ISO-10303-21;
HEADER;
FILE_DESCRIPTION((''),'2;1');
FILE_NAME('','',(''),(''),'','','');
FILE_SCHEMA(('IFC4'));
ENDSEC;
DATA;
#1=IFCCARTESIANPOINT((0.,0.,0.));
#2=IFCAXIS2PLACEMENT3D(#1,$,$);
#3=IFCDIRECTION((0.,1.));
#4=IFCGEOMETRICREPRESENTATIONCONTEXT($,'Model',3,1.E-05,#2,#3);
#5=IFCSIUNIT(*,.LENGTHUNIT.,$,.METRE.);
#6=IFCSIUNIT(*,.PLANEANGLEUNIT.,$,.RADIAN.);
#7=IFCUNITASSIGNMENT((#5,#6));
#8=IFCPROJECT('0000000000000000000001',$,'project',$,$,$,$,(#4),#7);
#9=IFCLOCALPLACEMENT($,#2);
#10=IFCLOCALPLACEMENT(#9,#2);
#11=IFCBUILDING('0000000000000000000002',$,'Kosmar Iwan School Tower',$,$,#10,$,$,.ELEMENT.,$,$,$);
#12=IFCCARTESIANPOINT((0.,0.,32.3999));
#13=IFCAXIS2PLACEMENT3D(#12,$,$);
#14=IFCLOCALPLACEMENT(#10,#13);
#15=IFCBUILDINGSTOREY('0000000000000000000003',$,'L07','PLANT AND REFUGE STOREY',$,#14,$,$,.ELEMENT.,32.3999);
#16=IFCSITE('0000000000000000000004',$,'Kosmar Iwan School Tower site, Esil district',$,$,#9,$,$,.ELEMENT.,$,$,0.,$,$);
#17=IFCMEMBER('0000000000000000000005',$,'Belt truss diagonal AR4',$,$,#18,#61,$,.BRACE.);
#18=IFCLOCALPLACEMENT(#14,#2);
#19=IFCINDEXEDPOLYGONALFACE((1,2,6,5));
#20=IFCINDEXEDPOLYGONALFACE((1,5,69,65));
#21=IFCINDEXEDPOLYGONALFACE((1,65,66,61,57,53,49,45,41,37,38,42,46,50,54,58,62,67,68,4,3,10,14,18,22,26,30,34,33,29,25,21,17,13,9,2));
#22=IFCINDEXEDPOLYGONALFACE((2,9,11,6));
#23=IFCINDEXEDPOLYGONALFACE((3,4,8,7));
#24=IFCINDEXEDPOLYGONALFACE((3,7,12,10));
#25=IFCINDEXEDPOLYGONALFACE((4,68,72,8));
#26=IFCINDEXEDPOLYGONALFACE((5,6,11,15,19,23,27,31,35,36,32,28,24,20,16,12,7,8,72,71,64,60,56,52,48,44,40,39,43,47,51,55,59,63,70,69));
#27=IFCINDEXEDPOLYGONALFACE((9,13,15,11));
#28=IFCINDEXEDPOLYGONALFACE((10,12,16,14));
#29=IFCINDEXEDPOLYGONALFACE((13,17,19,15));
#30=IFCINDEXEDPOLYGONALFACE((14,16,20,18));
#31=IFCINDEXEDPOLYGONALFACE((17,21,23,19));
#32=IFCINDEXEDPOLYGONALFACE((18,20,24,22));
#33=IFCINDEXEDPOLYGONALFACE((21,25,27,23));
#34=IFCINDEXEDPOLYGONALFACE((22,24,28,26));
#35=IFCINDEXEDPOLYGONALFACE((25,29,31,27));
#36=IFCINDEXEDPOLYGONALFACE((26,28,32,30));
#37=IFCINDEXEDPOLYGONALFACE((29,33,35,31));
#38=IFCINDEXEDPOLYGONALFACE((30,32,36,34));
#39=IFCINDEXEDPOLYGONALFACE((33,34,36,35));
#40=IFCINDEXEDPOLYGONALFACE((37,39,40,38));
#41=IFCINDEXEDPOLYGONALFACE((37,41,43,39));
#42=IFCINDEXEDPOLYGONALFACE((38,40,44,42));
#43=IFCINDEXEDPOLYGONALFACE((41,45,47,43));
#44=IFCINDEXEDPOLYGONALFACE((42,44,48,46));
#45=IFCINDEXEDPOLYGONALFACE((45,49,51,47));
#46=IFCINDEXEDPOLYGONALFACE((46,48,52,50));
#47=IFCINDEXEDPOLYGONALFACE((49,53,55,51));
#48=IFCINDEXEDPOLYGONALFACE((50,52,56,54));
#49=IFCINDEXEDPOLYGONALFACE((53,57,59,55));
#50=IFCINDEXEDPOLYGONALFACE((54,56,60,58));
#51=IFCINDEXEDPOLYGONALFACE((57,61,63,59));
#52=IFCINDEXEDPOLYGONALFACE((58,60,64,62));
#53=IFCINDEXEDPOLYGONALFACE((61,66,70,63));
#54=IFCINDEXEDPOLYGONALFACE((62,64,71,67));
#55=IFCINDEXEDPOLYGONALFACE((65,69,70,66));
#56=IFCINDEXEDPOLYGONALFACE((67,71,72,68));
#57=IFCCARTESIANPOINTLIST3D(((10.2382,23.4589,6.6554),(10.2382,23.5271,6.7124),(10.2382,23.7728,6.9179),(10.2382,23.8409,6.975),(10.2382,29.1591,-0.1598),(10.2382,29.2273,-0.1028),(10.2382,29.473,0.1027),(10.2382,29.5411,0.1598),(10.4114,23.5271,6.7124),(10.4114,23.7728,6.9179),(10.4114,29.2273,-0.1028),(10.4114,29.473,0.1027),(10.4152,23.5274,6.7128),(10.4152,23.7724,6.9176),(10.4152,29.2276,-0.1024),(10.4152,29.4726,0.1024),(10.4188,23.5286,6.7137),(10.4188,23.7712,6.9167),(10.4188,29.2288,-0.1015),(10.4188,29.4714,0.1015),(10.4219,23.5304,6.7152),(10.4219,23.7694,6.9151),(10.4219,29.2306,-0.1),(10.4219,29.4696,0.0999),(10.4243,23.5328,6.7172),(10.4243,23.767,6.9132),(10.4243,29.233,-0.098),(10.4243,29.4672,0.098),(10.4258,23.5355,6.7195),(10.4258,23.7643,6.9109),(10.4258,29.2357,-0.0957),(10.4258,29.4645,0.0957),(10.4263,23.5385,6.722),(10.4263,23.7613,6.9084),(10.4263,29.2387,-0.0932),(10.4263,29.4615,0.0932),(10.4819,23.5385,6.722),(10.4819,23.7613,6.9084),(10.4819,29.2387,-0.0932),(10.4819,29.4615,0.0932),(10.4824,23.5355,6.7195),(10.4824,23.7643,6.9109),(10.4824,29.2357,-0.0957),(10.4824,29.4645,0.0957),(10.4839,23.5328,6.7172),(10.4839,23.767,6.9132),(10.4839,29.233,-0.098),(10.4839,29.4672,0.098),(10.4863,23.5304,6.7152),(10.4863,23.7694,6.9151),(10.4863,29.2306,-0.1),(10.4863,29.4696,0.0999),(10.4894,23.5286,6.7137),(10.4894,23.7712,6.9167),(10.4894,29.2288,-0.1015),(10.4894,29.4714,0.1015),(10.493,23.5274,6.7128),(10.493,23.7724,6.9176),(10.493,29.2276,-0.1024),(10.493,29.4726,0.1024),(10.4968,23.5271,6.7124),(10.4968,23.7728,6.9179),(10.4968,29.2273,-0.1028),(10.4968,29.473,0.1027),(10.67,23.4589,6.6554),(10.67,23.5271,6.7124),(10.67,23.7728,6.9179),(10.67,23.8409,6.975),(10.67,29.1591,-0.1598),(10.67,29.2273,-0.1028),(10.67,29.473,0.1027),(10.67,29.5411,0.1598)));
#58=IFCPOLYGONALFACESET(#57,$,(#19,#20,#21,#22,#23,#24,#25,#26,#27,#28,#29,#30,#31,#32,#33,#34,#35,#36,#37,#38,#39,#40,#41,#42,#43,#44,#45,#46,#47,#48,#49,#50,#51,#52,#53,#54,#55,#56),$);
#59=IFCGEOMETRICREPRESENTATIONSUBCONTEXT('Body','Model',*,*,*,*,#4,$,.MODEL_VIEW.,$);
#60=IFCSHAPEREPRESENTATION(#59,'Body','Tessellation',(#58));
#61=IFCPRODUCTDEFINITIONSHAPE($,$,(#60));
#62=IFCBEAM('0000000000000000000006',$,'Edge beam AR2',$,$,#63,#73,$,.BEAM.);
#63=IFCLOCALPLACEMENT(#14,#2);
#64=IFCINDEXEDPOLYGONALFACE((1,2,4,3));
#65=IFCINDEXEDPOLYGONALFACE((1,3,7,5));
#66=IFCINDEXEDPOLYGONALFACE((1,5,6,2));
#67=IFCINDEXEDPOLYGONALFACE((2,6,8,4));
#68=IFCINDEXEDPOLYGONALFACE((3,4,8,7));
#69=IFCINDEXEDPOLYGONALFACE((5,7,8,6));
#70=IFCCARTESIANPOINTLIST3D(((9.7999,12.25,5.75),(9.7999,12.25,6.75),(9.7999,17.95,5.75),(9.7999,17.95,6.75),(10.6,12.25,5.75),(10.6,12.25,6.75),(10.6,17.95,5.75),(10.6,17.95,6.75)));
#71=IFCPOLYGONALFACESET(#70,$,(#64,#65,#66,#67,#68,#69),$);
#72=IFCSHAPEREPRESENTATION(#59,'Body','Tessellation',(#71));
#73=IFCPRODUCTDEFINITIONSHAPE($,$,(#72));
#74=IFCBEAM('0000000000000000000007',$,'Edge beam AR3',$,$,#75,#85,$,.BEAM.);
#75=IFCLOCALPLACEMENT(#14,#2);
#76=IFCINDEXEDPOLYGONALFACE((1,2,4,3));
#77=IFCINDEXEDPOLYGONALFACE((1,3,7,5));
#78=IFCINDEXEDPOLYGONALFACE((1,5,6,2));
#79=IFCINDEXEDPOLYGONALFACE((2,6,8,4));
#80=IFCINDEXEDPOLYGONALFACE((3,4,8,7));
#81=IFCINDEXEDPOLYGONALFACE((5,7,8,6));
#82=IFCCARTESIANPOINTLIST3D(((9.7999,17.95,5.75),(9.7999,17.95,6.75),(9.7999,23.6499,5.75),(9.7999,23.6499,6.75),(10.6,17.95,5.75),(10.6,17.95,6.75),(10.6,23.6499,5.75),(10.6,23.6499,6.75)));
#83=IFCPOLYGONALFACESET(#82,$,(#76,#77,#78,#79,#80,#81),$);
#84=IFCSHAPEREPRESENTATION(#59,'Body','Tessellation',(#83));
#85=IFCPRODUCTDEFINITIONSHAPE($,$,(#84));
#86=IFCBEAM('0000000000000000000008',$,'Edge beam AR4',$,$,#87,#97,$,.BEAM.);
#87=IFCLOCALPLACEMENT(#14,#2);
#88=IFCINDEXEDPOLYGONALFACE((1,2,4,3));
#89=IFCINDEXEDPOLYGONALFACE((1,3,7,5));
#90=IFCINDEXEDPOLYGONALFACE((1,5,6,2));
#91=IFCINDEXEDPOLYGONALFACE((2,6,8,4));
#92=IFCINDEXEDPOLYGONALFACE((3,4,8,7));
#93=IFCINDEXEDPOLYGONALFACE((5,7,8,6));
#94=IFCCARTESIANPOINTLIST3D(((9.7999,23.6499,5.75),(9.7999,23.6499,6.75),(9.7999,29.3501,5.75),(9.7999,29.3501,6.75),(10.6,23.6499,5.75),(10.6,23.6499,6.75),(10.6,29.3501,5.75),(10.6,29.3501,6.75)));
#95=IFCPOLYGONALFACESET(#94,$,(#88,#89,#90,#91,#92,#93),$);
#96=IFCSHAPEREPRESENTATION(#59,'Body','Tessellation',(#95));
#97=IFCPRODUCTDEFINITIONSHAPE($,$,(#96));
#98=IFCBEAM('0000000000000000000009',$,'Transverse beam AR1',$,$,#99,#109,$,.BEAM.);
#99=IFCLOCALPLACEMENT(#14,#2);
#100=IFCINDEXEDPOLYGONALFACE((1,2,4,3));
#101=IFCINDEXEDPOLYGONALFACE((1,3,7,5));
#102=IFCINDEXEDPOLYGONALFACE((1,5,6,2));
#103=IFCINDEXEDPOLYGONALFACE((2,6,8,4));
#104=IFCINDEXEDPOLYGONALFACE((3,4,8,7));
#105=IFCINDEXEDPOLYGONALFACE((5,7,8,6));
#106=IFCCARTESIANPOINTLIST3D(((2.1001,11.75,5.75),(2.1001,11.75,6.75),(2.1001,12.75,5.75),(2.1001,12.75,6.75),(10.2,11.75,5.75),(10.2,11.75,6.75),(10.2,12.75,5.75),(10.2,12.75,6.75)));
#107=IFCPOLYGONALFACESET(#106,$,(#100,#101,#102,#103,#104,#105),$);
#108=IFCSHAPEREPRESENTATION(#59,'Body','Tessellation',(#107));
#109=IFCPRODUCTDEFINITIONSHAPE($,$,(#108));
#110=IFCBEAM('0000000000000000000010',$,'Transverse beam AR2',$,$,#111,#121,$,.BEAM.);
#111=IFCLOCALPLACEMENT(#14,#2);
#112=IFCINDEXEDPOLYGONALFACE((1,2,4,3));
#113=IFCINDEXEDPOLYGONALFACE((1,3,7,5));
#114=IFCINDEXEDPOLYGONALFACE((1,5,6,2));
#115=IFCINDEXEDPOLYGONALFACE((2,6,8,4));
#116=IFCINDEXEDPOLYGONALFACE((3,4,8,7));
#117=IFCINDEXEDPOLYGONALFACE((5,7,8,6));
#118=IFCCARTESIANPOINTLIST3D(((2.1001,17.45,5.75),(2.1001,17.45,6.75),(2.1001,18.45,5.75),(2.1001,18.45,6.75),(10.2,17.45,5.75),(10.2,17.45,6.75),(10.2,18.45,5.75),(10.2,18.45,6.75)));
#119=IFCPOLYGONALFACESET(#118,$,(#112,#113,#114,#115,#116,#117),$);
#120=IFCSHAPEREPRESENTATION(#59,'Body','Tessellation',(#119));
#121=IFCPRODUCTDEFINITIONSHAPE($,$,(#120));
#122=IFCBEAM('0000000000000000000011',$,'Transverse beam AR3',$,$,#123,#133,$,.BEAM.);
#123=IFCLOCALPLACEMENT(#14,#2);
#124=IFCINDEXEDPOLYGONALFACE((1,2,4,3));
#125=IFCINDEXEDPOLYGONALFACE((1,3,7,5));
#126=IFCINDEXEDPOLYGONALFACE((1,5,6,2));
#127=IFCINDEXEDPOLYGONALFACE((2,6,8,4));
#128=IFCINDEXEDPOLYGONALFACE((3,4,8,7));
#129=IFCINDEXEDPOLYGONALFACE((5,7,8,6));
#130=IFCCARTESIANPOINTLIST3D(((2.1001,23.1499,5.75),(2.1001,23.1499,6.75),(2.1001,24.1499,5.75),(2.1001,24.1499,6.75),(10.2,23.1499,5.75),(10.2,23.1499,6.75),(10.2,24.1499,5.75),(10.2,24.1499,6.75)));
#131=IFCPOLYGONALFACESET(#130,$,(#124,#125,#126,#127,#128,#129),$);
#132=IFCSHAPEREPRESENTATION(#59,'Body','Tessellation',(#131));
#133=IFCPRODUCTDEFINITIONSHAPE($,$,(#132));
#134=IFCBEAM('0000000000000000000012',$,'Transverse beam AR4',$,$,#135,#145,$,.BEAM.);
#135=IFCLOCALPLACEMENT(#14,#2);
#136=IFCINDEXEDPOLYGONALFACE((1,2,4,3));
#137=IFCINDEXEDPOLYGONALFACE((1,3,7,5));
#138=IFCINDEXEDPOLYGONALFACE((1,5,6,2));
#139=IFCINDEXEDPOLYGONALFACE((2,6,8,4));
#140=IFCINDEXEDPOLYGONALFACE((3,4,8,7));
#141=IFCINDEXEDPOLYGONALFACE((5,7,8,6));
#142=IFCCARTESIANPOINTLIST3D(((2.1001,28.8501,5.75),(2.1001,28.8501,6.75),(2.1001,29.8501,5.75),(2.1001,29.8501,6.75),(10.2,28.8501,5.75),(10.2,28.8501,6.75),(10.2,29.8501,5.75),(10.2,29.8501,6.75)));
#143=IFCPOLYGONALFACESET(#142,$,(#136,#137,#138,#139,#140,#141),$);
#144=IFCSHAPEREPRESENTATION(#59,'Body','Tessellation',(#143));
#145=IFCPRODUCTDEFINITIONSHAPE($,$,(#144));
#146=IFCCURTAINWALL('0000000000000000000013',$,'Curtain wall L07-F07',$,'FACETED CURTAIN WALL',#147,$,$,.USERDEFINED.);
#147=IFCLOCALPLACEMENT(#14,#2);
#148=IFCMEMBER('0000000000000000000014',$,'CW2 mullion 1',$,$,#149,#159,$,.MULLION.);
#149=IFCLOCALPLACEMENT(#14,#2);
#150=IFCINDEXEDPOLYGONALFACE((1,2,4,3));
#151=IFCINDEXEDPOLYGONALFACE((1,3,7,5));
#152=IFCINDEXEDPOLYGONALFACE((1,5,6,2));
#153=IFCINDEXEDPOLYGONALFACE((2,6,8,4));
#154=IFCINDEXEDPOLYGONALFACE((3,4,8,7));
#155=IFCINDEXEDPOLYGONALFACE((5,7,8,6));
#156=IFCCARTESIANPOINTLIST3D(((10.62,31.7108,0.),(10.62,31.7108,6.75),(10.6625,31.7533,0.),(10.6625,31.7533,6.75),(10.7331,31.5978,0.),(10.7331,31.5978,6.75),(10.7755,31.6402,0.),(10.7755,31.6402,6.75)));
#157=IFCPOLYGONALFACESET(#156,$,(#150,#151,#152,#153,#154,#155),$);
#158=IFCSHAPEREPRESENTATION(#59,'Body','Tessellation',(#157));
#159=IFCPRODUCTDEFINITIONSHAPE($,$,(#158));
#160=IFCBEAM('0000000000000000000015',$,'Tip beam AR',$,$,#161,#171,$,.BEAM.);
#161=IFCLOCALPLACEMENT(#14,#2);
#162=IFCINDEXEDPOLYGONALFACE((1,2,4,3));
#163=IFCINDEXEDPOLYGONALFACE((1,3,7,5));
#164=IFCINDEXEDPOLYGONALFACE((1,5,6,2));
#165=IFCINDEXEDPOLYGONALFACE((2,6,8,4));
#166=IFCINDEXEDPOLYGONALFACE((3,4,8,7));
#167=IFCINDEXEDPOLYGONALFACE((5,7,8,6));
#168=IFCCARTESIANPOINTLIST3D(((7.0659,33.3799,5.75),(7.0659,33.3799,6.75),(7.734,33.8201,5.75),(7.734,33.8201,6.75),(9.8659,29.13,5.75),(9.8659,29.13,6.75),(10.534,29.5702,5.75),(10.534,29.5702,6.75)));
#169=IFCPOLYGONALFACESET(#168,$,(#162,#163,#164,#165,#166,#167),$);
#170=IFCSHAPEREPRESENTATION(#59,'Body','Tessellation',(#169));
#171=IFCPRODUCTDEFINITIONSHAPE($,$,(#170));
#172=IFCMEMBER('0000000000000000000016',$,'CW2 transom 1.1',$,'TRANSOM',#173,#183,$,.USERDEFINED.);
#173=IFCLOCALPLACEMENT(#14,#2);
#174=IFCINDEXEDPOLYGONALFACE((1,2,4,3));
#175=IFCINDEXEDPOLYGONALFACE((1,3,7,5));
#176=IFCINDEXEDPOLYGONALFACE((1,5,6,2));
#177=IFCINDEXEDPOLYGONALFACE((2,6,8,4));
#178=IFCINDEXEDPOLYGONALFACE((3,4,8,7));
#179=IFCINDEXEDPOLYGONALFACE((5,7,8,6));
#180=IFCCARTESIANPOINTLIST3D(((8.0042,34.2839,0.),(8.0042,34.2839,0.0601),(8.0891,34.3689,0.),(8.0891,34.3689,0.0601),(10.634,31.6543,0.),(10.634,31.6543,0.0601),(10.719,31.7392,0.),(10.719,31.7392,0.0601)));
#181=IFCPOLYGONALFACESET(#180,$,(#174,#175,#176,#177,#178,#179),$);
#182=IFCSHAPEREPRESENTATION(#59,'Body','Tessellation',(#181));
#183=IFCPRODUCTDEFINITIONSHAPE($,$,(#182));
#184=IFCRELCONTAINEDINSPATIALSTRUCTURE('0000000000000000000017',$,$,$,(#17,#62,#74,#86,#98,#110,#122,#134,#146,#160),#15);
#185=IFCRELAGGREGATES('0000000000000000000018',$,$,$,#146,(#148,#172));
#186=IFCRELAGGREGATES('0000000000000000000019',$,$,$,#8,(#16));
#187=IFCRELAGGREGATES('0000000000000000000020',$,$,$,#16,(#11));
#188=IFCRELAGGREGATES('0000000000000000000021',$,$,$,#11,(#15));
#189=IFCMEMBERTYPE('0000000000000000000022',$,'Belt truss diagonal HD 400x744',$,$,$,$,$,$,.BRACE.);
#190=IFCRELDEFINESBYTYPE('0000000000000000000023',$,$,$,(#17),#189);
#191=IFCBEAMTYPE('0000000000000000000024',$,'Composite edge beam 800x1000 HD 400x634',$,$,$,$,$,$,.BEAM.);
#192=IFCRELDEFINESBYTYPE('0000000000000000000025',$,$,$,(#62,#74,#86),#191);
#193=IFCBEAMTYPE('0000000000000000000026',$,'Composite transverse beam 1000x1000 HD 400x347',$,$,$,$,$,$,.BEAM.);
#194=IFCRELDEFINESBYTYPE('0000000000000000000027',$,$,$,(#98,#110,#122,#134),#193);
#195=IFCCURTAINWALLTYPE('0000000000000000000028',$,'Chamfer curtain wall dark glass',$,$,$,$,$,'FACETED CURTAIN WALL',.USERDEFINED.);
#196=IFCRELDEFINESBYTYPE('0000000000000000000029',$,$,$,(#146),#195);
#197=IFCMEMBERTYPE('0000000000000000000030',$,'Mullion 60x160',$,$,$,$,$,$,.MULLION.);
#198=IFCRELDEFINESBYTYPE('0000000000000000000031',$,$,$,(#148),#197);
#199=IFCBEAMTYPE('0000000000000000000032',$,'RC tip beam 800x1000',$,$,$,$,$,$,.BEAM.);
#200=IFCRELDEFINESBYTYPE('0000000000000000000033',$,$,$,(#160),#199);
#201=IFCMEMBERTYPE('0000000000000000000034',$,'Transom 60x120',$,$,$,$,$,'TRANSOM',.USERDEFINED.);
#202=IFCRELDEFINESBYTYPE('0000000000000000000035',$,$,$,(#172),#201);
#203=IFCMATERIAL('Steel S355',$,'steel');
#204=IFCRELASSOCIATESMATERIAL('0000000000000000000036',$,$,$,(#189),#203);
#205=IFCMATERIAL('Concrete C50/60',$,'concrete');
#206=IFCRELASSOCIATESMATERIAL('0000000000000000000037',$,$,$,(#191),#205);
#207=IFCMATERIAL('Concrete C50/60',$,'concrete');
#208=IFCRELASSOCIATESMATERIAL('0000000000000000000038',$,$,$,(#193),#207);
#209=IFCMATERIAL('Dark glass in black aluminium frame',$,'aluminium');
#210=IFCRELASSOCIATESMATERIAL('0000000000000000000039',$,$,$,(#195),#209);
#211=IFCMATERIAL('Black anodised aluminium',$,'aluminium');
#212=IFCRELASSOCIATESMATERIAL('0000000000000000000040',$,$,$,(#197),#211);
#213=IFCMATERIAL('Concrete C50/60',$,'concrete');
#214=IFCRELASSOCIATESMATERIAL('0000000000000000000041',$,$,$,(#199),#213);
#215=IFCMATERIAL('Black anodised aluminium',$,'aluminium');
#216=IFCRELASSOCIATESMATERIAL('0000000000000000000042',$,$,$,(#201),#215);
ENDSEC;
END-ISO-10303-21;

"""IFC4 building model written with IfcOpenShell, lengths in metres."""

from ifc_helpers import new_model, si_unit, direction, frame, origin, origin_2d, place, context, subcontext, project, spatial, rectangle, i_section, extrude, material, material_profile, profile_set, type_object, element, aggregate, save


model = new_model("IFC4")

# Units and contexts
model_context = context("Model", 3, precision=1e-05, world=origin(), true_north=direction((0.0, 1.0)))
body_context = subcontext(model_context, "Body", "Model", "MODEL_VIEW")
ifc_project = project(units=[si_unit("LENGTHUNIT", "METRE"), si_unit("PLANEANGLEUNIT", "RADIAN")], contexts=[model_context])

# Site, building, storey
site_placement = place(None, origin())
site = spatial("IfcSite", under=ifc_project, at=site_placement, Name="Kosmar Iwan School Tower site, Esil district", CompositionType="ELEMENT", RefElevation=0.0)
building_placement = place(site_placement, origin())
building = spatial("IfcBuilding", under=site, at=building_placement, Name="Kosmar Iwan School Tower", CompositionType="ELEMENT")
storey_placement = place(building_placement, frame((0.0, 0.0, 32.3999)))
storey = spatial("IfcBuildingStorey", under=building, at=storey_placement, Name="L07", Description="PLANT AND REFUGE STOREY", CompositionType="ELEMENT", Elevation=32.3999)

# Member
ifc_material_1 = material(Name="Steel S355", Category="steel")
ifc_material_profile_1 = material_profile(ifc_material_1, i_section(OverallWidth=0.4319, OverallDepth=0.498, WebThickness=0.0557, FlangeThickness=0.0889, FilletRadius=0.0149, at=origin_2d()), Name="HD 400x744")
ifc_profile_set_1 = profile_set([ifc_material_profile_1], Name="Steel S355")
member_type_1 = type_object("IfcMemberType", Name="Belt truss diagonal HD 400x744", PredefinedType="BRACE", material=ifc_profile_set_1)
member_1_placement = place(storey_placement, frame((10.4541, 23.6499, 6.8152), z_axis=(0.0, 0.64157, -0.767065), x_axis=(-1.0, 0.0, 0.0)))
element("IfcMember", 1, at=member_1_placement, inside=storey, type_object=member_type_1, Name="Belt truss diagonal AR4", PredefinedType="BRACE", context=body_context, shape_type="SweptSolid", body=[
    extrude(i_section(OverallWidth=0.4319, OverallDepth=0.498, WebThickness=0.0557, FlangeThickness=0.0889, FilletRadius=0.0149, at=origin_2d()), origin(), (0.0, 0.0, 1.0), 8.8848),
])

# Beams
ifc_material_2 = material(Name="Concrete C50/60", Category="concrete")
ifc_material_profile_2 = material_profile(ifc_material_2, rectangle(XDim=0.8, YDim=1.0, at=origin_2d()), Name="RC 800x1000 + HD 400x634")
ifc_profile_set_2 = profile_set([ifc_material_profile_2], Name="Concrete C50/60")
beam_type_1 = type_object("IfcBeamType", Name="Composite edge beam 800x1000 HD 400x634", PredefinedType="BEAM", material=ifc_profile_set_2)
for number, where, z_axis, x_axis, name in (
    (2, (10.2, 12.25, 6.25), (0.0, 1.0, 0.0), (-1.0, 0.0, 0.0), "Edge beam AR2"),
    (3, (10.2, 17.95, 6.25), (0.0, 1.0, 0.0), (-1.0, 0.0, 0.0), "Edge beam AR3"),
):
    element("IfcBeam", number, at=place(storey_placement, frame(where, z_axis=z_axis, x_axis=x_axis)), inside=storey, type_object=beam_type_1, Name=name, PredefinedType="BEAM", context=body_context, shape_type="SweptSolid", body=[
        extrude(rectangle(XDim=0.8, YDim=1.0, at=origin_2d()), origin(), (0.0, 0.0, 1.0), 5.7),
    ])
beam_1_placement = place(storey_placement, frame((10.2, 23.6499, 6.25), z_axis=(0.0, 1.0, 0.0), x_axis=(-1.0, 0.0, 0.0)))
element("IfcBeam", 4, at=beam_1_placement, inside=storey, type_object=beam_type_1, Name="Edge beam AR4", PredefinedType="BEAM", context=body_context, shape_type="SweptSolid", body=[
    extrude(rectangle(XDim=0.8, YDim=1.0, at=origin_2d()), origin(), (0.0, 0.0, 1.0), 5.7002),
])
ifc_material_3 = material(Name="Concrete C50/60", Category="concrete")
ifc_material_profile_3 = material_profile(ifc_material_3, rectangle(XDim=1.0, YDim=1.0, at=origin_2d()), Name="RC 1000x1000 + HD 400x347")
ifc_profile_set_3 = profile_set([ifc_material_profile_3], Name="Concrete C50/60")
beam_type_2 = type_object("IfcBeamType", Name="Composite transverse beam 1000x1000 HD 400x347", PredefinedType="BEAM", material=ifc_profile_set_3)
for number, where, z_axis, x_axis, name in (
    (5, (10.2, 12.25, 6.25), (-1.0, 0.0, 0.0), (0.0, -1.0, 0.0), "Transverse beam AR1"),
    (6, (10.2, 17.95, 6.25), (-1.0, 0.0, 0.0), (0.0, -1.0, 0.0), "Transverse beam AR2"),
    (7, (10.2, 23.6499, 6.25), (-1.0, 0.0, 0.0), (0.0, -1.0, 0.0), "Transverse beam AR3"),
    (8, (10.2, 29.3501, 6.25), (-1.0, 0.0, 0.0), (0.0, -1.0, 0.0), "Transverse beam AR4"),
):
    element("IfcBeam", number, at=place(storey_placement, frame(where, z_axis=z_axis, x_axis=x_axis)), inside=storey, type_object=beam_type_2, Name=name, PredefinedType="BEAM", context=body_context, shape_type="SweptSolid", body=[
        extrude(rectangle(XDim=1.0, YDim=1.0, at=origin_2d()), origin(), (0.0, 0.0, 1.0), 8.0999),
    ])

# Curtain wall, member
ifc_material_4 = material(Name="Dark glass in black aluminium frame", Category="aluminium")
curtain_wall_type = type_object("IfcCurtainWallType", Name="Chamfer curtain wall dark glass", ElementType="FACETED CURTAIN WALL", PredefinedType="USERDEFINED", material=ifc_material_4)
curtain_wall_placement = place(storey_placement, origin())
curtain_wall = element("IfcCurtainWall", 9, at=curtain_wall_placement, inside=storey, type_object=curtain_wall_type, Name="Curtain wall L07-F07", ObjectType="FACETED CURTAIN WALL", PredefinedType="USERDEFINED")
ifc_material_5 = material(Name="Black anodised aluminium", Category="aluminium")
ifc_material_profile_4 = material_profile(ifc_material_5, rectangle(XDim=0.0601, YDim=0.1599, at=origin_2d()), Name="MULLION 60x160")
ifc_profile_set_4 = profile_set([ifc_material_profile_4], Name="Black anodised aluminium")
member_type_2 = type_object("IfcMemberType", Name="Mullion 60x160", PredefinedType="MULLION", material=ifc_profile_set_4)
member_2_placement = place(storey_placement, frame((10.6978, 31.6755, 0.0), z_axis=(0.0, 0.0, 1.0), x_axis=(-0.707107, -0.707107, 0.0)))
member_2 = element("IfcMember", 10, at=member_2_placement, type_object=member_type_2, Name="CW2 mullion 1", PredefinedType="MULLION", context=body_context, shape_type="SweptSolid", body=[
    extrude(rectangle(XDim=0.0601, YDim=0.1599, at=origin_2d()), origin(), (0.0, 0.0, 1.0), 6.75),
])

# Beam
ifc_material_6 = material(Name="Concrete C50/60", Category="concrete")
ifc_material_profile_5 = material_profile(ifc_material_6, rectangle(XDim=0.8, YDim=1.0, at=origin_2d()), Name="RC 800x1000")
ifc_profile_set_5 = profile_set([ifc_material_profile_5], Name="Concrete C50/60")
beam_type_3 = type_object("IfcBeamType", Name="RC tip beam 800x1000", PredefinedType="BEAM", material=ifc_profile_set_5)
beam_2_placement = place(storey_placement, frame((10.2, 29.3501, 6.25), z_axis=(-0.550164, 0.835056, 0.0), x_axis=(-0.835056, -0.550164, 0.0)))
element("IfcBeam", 11, at=beam_2_placement, inside=storey, type_object=beam_type_3, Name="Tip beam AR", PredefinedType="BEAM", context=body_context, shape_type="SweptSolid", body=[
    extrude(rectangle(XDim=0.8, YDim=1.0, at=origin_2d()), origin(), (0.0, 0.0, 1.0), 5.0894),
])

# Member
ifc_material_7 = material(Name="Black anodised aluminium", Category="aluminium")
ifc_material_profile_6 = material_profile(ifc_material_7, rectangle(XDim=0.1201, YDim=0.0601, at=origin_2d()), Name="TRANSOM 60x120")
ifc_profile_set_6 = profile_set([ifc_material_profile_6], Name="Black anodised aluminium")
member_type_3 = type_object("IfcMemberType", Name="Transom 60x120", ElementType="TRANSOM", PredefinedType="USERDEFINED", material=ifc_profile_set_6)
member_3_placement = place(storey_placement, frame((10.6765, 31.6968, 0.03), z_axis=(-0.70714, 0.707074, 0.0), x_axis=(-0.707074, -0.70714, 0.0)))
member_3 = element("IfcMember", 12, at=member_3_placement, type_object=member_type_3, Name="CW2 transom 1.1", ObjectType="TRANSOM", PredefinedType="USERDEFINED", context=body_context, shape_type="SweptSolid", body=[
    extrude(rectangle(XDim=0.1201, YDim=0.0601, at=origin_2d()), origin(), (0.0, 0.0, 1.0), 3.719),
])
aggregate(curtain_wall, [member_2, member_3])

save(model, "model.ifc")
